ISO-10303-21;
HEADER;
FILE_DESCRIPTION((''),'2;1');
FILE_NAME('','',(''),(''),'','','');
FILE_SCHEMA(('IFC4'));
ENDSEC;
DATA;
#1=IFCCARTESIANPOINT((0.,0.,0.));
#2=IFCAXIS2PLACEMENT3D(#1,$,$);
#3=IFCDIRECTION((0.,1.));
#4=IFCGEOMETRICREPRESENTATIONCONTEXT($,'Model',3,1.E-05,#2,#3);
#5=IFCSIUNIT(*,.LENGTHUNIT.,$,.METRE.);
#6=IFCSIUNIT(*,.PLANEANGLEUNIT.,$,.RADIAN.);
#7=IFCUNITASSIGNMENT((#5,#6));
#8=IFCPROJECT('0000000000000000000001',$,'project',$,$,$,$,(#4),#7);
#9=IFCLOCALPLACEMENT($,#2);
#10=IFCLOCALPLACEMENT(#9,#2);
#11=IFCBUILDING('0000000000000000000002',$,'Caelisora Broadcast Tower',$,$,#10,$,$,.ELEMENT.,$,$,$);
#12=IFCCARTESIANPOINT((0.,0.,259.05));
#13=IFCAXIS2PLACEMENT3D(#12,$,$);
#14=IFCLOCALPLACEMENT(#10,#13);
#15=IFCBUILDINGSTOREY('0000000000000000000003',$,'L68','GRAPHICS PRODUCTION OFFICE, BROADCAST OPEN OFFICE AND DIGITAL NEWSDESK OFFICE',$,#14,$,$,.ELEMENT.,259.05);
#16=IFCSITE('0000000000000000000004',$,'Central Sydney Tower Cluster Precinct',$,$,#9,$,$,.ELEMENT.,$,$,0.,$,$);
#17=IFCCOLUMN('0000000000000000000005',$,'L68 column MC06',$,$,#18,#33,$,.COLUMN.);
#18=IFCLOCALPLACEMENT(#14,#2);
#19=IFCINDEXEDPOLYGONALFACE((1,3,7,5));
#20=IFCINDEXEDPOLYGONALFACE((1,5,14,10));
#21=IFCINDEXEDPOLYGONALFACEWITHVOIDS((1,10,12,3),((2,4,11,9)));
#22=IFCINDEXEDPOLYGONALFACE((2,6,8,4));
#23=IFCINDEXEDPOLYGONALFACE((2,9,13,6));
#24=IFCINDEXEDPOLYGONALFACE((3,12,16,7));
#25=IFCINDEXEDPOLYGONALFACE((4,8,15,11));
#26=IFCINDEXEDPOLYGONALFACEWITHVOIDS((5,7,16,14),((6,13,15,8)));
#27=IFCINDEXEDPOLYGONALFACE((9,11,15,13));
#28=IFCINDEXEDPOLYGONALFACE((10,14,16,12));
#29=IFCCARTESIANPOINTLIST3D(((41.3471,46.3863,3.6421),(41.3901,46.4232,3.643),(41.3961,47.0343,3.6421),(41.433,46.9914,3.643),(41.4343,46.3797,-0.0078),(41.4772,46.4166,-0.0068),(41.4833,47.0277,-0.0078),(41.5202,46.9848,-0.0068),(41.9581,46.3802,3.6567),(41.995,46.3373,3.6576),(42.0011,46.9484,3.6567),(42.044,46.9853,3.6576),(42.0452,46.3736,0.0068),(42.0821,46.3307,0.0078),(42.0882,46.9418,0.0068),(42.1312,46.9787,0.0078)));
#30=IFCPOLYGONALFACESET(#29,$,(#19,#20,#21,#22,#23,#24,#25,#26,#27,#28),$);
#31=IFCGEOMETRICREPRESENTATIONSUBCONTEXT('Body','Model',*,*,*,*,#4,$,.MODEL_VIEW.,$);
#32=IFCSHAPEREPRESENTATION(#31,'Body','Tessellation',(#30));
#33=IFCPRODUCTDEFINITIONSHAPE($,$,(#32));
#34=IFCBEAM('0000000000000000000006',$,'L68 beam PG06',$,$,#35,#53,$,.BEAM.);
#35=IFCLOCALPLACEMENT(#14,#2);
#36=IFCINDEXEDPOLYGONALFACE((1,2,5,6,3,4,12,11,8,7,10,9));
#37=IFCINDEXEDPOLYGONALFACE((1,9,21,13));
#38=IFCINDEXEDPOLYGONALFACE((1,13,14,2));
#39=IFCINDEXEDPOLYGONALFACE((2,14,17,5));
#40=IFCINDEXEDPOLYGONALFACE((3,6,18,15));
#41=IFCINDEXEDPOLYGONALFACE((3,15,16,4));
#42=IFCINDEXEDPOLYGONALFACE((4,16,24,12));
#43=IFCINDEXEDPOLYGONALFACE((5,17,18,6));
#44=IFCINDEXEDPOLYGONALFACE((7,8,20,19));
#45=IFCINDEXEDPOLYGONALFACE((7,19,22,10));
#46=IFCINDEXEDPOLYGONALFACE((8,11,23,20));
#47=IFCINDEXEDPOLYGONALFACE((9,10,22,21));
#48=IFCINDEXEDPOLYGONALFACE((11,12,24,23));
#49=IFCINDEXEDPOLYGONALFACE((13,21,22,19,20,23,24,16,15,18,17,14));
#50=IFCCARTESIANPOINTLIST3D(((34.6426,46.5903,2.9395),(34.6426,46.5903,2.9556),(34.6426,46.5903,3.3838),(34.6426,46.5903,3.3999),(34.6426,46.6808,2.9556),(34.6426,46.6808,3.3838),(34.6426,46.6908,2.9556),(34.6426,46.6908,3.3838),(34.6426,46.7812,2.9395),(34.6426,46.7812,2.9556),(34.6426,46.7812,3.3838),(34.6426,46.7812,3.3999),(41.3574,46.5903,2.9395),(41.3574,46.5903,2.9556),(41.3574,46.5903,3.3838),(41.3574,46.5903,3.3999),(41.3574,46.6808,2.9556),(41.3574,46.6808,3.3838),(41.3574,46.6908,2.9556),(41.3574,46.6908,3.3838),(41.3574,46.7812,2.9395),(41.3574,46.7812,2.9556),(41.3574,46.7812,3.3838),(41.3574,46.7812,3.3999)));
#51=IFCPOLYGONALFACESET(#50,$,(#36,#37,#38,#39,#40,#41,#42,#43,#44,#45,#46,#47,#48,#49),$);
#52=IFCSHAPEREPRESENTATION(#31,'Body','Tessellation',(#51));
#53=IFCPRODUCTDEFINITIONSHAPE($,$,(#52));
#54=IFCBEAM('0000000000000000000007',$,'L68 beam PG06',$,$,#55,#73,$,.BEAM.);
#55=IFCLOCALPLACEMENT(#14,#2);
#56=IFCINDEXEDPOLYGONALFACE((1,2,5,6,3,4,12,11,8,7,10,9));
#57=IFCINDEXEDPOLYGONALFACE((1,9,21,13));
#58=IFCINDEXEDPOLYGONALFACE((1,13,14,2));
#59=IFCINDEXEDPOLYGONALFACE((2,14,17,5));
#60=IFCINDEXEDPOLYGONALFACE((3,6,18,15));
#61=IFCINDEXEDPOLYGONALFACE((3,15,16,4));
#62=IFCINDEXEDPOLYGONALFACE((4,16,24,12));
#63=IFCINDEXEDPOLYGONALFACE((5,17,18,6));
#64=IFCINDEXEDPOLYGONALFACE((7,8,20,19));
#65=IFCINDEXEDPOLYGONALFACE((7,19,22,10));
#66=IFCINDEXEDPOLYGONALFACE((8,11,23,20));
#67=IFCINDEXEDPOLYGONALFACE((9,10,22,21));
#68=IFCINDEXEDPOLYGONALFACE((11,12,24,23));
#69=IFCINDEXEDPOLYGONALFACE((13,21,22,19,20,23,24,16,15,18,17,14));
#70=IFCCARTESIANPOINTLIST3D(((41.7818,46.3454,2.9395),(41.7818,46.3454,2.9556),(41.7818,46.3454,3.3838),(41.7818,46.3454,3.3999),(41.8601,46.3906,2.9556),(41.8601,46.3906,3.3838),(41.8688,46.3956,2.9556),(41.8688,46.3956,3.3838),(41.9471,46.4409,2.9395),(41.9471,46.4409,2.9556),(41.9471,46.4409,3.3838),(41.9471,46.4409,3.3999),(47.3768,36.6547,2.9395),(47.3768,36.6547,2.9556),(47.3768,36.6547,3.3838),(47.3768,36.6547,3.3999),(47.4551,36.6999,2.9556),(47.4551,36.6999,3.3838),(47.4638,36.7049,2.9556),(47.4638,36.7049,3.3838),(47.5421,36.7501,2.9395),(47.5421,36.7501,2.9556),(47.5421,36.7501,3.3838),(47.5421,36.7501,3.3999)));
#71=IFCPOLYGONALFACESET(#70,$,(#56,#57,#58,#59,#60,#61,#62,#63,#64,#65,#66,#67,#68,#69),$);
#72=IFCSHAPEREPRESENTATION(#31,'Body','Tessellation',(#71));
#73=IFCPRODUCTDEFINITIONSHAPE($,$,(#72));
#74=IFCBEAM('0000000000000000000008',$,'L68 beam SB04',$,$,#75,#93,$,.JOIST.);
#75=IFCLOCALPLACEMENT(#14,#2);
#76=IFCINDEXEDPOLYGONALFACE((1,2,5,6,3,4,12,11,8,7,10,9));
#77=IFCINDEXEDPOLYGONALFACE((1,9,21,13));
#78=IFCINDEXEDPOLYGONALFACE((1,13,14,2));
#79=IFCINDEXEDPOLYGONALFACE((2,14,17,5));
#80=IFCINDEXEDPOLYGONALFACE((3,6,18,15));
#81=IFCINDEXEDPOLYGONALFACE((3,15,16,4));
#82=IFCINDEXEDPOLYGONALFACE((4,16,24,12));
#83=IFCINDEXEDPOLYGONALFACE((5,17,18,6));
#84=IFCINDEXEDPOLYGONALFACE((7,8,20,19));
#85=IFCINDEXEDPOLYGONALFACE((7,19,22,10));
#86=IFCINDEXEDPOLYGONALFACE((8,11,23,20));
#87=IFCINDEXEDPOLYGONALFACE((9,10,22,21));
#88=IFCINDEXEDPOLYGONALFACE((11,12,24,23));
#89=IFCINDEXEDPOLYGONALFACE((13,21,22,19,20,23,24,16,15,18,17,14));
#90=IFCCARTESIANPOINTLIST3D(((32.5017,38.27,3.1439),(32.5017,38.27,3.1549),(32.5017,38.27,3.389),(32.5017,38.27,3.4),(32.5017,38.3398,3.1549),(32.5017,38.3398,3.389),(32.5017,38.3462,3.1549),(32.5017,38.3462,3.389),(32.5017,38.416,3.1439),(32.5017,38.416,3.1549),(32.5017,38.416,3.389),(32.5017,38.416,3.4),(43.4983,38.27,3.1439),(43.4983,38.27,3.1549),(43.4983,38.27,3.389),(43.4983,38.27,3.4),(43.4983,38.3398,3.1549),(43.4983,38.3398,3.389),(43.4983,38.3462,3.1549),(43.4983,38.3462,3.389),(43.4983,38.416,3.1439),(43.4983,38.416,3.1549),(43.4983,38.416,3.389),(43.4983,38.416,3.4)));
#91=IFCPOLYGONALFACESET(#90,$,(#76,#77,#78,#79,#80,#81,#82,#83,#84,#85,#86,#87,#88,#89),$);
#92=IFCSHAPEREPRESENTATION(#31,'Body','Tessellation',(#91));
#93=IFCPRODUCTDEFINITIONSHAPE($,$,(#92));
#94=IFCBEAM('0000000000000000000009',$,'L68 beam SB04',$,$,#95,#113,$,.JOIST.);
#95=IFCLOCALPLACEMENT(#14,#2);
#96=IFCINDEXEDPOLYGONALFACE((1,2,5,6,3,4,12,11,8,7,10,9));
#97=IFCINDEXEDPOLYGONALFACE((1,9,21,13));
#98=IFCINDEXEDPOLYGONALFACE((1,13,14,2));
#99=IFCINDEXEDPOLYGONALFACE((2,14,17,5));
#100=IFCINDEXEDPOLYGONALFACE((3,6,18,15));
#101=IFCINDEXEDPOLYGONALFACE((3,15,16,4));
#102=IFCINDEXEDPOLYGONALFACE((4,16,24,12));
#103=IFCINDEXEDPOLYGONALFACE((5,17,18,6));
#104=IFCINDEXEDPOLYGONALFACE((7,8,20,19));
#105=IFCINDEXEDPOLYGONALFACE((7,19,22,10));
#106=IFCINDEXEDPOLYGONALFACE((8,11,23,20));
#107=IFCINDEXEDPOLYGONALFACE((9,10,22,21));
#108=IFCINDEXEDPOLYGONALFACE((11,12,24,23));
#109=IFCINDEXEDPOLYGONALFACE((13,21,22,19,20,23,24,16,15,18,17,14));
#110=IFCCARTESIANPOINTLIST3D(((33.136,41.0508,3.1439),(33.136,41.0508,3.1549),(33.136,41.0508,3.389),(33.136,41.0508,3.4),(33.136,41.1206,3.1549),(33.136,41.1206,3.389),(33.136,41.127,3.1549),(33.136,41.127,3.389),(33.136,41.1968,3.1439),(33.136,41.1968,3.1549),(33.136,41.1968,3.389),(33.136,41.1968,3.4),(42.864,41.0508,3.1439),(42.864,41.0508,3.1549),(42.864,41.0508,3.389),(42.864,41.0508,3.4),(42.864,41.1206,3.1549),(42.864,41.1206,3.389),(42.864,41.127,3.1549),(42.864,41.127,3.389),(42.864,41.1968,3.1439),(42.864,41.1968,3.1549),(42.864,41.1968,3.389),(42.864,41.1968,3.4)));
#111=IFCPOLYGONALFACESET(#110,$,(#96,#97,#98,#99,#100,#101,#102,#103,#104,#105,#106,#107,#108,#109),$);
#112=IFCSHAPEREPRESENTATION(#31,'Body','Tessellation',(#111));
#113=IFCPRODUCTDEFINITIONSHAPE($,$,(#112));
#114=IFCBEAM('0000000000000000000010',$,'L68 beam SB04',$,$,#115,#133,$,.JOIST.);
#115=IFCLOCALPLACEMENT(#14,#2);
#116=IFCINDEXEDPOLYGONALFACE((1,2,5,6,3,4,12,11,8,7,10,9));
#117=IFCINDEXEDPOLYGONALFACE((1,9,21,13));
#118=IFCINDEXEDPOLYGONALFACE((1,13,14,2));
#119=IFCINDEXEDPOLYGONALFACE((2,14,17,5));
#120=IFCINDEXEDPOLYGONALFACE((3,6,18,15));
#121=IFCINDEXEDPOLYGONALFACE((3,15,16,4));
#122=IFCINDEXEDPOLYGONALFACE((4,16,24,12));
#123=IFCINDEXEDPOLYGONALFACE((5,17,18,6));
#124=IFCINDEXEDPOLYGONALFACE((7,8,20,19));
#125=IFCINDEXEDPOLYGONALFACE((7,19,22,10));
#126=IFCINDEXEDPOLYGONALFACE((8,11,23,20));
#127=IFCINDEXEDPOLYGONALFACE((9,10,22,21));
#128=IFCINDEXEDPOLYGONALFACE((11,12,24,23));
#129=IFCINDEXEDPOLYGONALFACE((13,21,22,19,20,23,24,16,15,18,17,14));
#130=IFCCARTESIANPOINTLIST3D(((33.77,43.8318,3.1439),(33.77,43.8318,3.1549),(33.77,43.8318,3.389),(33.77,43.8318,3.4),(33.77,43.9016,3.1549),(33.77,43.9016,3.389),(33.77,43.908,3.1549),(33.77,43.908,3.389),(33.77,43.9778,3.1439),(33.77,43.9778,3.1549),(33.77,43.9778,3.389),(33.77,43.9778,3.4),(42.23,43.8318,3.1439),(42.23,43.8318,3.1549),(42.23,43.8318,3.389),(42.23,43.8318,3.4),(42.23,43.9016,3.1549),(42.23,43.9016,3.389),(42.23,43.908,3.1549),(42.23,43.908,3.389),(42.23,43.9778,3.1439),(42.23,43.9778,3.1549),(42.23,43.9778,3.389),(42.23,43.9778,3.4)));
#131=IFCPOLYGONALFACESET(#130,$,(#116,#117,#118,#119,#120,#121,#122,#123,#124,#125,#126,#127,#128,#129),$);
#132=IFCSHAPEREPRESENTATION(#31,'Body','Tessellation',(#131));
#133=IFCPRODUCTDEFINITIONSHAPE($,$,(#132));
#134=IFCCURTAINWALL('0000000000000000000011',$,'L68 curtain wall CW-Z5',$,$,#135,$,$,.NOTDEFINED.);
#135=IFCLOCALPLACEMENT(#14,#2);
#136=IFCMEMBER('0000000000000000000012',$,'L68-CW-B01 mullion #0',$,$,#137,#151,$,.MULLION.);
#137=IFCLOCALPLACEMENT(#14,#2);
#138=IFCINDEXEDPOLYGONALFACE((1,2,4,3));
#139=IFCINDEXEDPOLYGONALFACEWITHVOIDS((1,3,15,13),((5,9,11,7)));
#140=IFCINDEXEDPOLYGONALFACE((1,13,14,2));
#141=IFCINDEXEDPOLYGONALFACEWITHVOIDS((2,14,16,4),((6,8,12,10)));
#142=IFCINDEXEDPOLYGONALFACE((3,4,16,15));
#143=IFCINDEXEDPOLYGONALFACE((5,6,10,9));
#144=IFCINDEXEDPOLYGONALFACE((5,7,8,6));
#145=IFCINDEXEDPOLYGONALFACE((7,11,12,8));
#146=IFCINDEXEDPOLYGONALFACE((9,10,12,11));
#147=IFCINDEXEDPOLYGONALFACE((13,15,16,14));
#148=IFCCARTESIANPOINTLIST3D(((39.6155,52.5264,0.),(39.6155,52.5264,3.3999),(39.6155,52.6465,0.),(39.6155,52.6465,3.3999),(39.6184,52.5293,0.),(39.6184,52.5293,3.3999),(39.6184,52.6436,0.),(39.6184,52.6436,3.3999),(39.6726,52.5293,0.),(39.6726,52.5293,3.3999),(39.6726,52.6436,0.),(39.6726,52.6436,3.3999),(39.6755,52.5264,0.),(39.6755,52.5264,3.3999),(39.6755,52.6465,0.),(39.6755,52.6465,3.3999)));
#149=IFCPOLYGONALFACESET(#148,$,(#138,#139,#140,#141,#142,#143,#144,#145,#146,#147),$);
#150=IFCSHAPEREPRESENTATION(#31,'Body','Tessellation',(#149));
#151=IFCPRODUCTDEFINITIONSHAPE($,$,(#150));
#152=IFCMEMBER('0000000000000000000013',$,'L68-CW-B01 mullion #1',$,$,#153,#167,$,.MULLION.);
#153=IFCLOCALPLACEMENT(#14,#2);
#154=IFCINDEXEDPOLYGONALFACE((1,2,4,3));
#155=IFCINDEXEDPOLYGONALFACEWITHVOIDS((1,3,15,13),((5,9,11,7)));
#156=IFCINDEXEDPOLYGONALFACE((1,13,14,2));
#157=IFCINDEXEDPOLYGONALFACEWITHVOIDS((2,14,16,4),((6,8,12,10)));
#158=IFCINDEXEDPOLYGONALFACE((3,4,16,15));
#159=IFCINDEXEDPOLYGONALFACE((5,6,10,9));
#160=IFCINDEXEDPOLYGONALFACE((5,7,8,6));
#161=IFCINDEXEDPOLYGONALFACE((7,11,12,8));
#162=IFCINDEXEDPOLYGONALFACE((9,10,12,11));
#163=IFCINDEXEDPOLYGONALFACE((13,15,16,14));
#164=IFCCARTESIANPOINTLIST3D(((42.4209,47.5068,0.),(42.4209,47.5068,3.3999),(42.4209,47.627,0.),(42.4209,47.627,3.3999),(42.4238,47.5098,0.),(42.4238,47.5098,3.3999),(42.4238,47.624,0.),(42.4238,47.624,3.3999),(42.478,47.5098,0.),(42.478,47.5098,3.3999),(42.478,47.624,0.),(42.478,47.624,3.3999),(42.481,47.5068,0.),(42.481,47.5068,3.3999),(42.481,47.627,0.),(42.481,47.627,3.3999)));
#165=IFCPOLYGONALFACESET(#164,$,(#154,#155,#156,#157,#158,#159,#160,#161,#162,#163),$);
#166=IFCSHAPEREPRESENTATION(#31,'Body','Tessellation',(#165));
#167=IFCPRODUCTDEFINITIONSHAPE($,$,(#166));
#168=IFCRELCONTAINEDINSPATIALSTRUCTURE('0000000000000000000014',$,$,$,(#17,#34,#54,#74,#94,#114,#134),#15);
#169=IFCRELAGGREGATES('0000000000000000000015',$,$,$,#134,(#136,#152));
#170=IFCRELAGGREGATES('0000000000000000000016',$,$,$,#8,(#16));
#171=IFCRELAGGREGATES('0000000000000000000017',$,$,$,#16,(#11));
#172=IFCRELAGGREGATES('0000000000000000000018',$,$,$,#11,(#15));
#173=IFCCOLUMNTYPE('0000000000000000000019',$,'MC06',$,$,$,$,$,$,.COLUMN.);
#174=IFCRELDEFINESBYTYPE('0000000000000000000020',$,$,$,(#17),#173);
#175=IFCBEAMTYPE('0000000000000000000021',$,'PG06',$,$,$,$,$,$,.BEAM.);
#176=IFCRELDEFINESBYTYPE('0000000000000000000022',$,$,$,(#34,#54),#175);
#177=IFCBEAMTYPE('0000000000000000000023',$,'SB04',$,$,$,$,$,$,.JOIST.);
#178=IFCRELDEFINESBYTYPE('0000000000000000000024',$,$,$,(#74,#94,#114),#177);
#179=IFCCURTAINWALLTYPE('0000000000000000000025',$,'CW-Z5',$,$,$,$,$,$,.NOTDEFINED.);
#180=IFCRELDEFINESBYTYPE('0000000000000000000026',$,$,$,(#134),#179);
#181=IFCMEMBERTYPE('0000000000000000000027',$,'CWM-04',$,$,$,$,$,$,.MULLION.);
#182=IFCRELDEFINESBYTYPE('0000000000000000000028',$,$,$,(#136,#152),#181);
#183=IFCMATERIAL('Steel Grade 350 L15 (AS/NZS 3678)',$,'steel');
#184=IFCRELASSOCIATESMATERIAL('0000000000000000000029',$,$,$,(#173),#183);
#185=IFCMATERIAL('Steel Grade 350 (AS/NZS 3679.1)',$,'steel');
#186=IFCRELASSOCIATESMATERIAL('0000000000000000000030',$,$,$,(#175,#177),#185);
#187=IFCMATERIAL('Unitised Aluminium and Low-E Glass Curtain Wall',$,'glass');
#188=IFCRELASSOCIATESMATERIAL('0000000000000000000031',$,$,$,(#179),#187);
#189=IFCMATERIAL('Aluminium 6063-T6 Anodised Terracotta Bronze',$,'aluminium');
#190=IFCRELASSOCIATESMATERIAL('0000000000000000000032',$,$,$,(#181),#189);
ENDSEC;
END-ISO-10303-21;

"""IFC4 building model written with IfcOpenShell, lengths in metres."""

from ifc_helpers import new_model, si_unit, direction, frame, origin, origin_2d, place, context, subcontext, project, spatial, hollow_rectangle, i_section, extrude, source, transform, mapped, material, material_profile, profile_set, type_object, type_shapes, element, aggregate, save


model = new_model("IFC4")

# Units and contexts
model_context = context("Model", 3, precision=1e-05, world=origin(), true_north=direction((0.0, 1.0)))
body_context = subcontext(model_context, "Body", "Model", "MODEL_VIEW")
ifc_project = project(units=[si_unit("LENGTHUNIT", "METRE"), si_unit("PLANEANGLEUNIT", "RADIAN")], contexts=[model_context])

# Site, building, storey
site_placement = place(None, origin())
site = spatial("IfcSite", under=ifc_project, at=site_placement, Name="Central Sydney Tower Cluster Precinct", CompositionType="ELEMENT", RefElevation=0.0)
building_placement = place(site_placement, origin())
building = spatial("IfcBuilding", under=site, at=building_placement, Name="Caelisora Broadcast Tower", CompositionType="ELEMENT")
storey_placement = place(building_placement, frame((0.0, 0.0, 259.05)))
storey = spatial("IfcBuildingStorey", under=building, at=storey_placement, Name="L68", Description="GRAPHICS PRODUCTION OFFICE, BROADCAST OPEN OFFICE AND DIGITAL NEWSDESK OFFICE", CompositionType="ELEMENT", Elevation=259.05)

# Column
ifc_material_1 = material(Name="Steel Grade 350 L15 (AS/NZS 3678)", Category="steel")
ifc_material_profile_1 = material_profile(ifc_material_1, hollow_rectangle(XDim=0.6499, YDim=0.6499, WallThickness=0.04, at=origin_2d()), Name="Steel Grade 350 L15 (AS/NZS 3678)")
ifc_profile_set_1 = profile_set([ifc_material_profile_1], Name="Steel Grade 350 L15 (AS/NZS 3678)")
column_type = type_object("IfcColumnType", Name="MC06", PredefinedType="COLUMN", material=ifc_profile_set_1)
shared_shape_1 = source(origin(), body_context, "Body", "SweptSolid", [
    extrude(hollow_rectangle(XDim=0.6499, YDim=0.6499, WallThickness=0.04, at=origin_2d()), origin(), (0.0, 0.0, 1.0), 3.6509),
])
type_shapes(column_type, [shared_shape_1])
column_placement = place(storey_placement, frame((41.7827, 46.6792, 0.0), z_axis=(-0.023873, 0.001806, 0.999713), x_axis=(-0.075415, -0.997152, 0.0)))
element("IfcColumn", 1, at=column_placement, inside=storey, type_object=column_type, Name="L68 column MC06", PredefinedType="COLUMN", context=body_context, shape_type="MappedRepresentation", body=[
    mapped(shared_shape_1, transform((0.0, 0.0, 0.0), scale=1.0)),
])

# Beams
ifc_material_2 = material(Name="Steel Grade 350 (AS/NZS 3679.1)", Category="steel")
ifc_material_profile_2 = material_profile(ifc_material_2, i_section(OverallWidth=0.1909, OverallDepth=0.4604, WebThickness=0.01, FlangeThickness=0.0161, at=origin_2d()), Name="Steel Grade 350 (AS/NZS 3679.1)")
ifc_profile_set_2 = profile_set([ifc_material_profile_2], Name="Steel Grade 350 (AS/NZS 3679.1)")
beam_type_1 = type_object("IfcBeamType", Name="PG06", PredefinedType="BEAM", material=ifc_profile_set_2)
shared_shape_2 = source(origin(), body_context, "Body", "SweptSolid", [
    extrude(i_section(OverallWidth=0.1909, OverallDepth=0.4604, WebThickness=0.01, FlangeThickness=0.0161, at=origin_2d()), origin(), (0.0, 0.0, 1.0), 6.7148),
])
beam_1_placement = place(storey_placement, frame((41.3574, 46.6858, 3.1697), z_axis=(-1.0, 0.0, 0.0), x_axis=(0.0, -1.0, 0.0)))
element("IfcBeam", 2, at=beam_1_placement, inside=storey, type_object=beam_type_1, Name="L68 beam PG06", PredefinedType="BEAM", context=body_context, shape_type="MappedRepresentation", body=[
    mapped(shared_shape_2, transform((0.0, 0.0, 0.0), scale=1.0)),
])
shared_shape_3 = source(origin(), body_context, "Body", "SweptSolid", [
    extrude(i_section(OverallWidth=0.1909, OverallDepth=0.4604, WebThickness=0.01, FlangeThickness=0.0161, at=origin_2d()), origin(), (0.0, 0.0, 1.0), 11.1899),
])
type_shapes(beam_type_1, [shared_shape_2, shared_shape_3])
beam_2_placement = place(storey_placement, frame((47.4595, 36.7024, 3.1697), z_axis=(-0.500004, 0.866023, 0.0), x_axis=(-0.866023, -0.500004, 0.0)))
element("IfcBeam", 3, at=beam_2_placement, inside=storey, type_object=beam_type_1, Name="L68 beam PG06", PredefinedType="BEAM", context=body_context, shape_type="MappedRepresentation", body=[
    mapped(shared_shape_3, transform((0.0, 0.0, 0.0), scale=1.0)),
])
ifc_material_profile_3 = material_profile(ifc_material_2, i_section(OverallWidth=0.146, OverallDepth=0.2561, WebThickness=0.0063, FlangeThickness=0.011, at=origin_2d()), Name="Steel Grade 350 (AS/NZS 3679.1)")
ifc_profile_set_3 = profile_set([ifc_material_profile_3], Name="Steel Grade 350 (AS/NZS 3679.1)")
beam_type_2 = type_object("IfcBeamType", Name="SB04", PredefinedType="JOIST", material=ifc_profile_set_3)
shared_shape_4 = source(origin(), body_context, "Body", "SweptSolid", [
    extrude(i_section(OverallWidth=0.146, OverallDepth=0.2561, WebThickness=0.0063, FlangeThickness=0.011, at=origin_2d()), origin(), (0.0, 0.0, 1.0), 10.9966),
])
beam_3_placement = place(storey_placement, frame((43.4983, 38.343, 3.272), z_axis=(-1.0, 0.0, 0.0), x_axis=(0.0, -1.0, 0.0)))
element("IfcBeam", 4, at=beam_3_placement, inside=storey, type_object=beam_type_2, Name="L68 beam SB04", PredefinedType="JOIST", context=body_context, shape_type="MappedRepresentation", body=[
    mapped(shared_shape_4, transform((0.0, 0.0, 0.0), scale=1.0)),
])
shared_shape_5 = source(origin(), body_context, "Body", "SweptSolid", [
    extrude(i_section(OverallWidth=0.146, OverallDepth=0.2561, WebThickness=0.0063, FlangeThickness=0.011, at=origin_2d()), origin(), (0.0, 0.0, 1.0), 9.728),
])
beam_4_placement = place(storey_placement, frame((42.864, 41.1238, 3.272), z_axis=(-1.0, 0.0, 0.0), x_axis=(0.0, -1.0, 0.0)))
element("IfcBeam", 5, at=beam_4_placement, inside=storey, type_object=beam_type_2, Name="L68 beam SB04", PredefinedType="JOIST", context=body_context, shape_type="MappedRepresentation", body=[
    mapped(shared_shape_5, transform((0.0, 0.0, 0.0), scale=1.0)),
])
shared_shape_6 = source(origin(), body_context, "Body", "SweptSolid", [
    extrude(i_section(OverallWidth=0.146, OverallDepth=0.2561, WebThickness=0.0063, FlangeThickness=0.011, at=origin_2d()), origin(), (0.0, 0.0, 1.0), 8.46),
])
type_shapes(beam_type_2, [shared_shape_4, shared_shape_5, shared_shape_6])
beam_5_placement = place(storey_placement, frame((42.23, 43.9048, 3.272), z_axis=(-1.0, 0.0, 0.0), x_axis=(0.0, -1.0, 0.0)))
element("IfcBeam", 6, at=beam_5_placement, inside=storey, type_object=beam_type_2, Name="L68 beam SB04", PredefinedType="JOIST", context=body_context, shape_type="MappedRepresentation", body=[
    mapped(shared_shape_6, transform((0.0, 0.0, 0.0), scale=1.0)),
])

# Curtain wall, members
ifc_material_3 = material(Name="Unitised Aluminium and Low-E Glass Curtain Wall", Category="glass")
curtain_wall_type_1 = type_object("IfcCurtainWallType", Name="CW-Z5", PredefinedType="NOTDEFINED", material=ifc_material_3)
curtain_wall_1_placement = place(storey_placement, origin())
curtain_wall_1 = element("IfcCurtainWall", 7, at=curtain_wall_1_placement, inside=storey, type_object=curtain_wall_type_1, Name="L68 curtain wall CW-Z5", PredefinedType="NOTDEFINED")
ifc_material_4 = material(Name="Aluminium 6063-T6 Anodised Terracotta Bronze", Category="aluminium")
ifc_material_profile_4 = material_profile(ifc_material_4, hollow_rectangle(XDim=0.0601, YDim=0.1201, WallThickness=0.0029, at=origin_2d()), Name="Aluminium 6063-T6 Anodised Terracotta Bronze")
ifc_profile_set_4 = profile_set([ifc_material_profile_4], Name="Aluminium 6063-T6 Anodised Terracotta Bronze")
member_type_1 = type_object("IfcMemberType", Name="CWM-04", PredefinedType="MULLION", material=ifc_profile_set_4)
shared_shape_7 = source(origin(), body_context, "Body", "SweptSolid", [
    extrude(hollow_rectangle(XDim=0.0601, YDim=0.1201, WallThickness=0.0029, at=origin_2d()), origin(), (0.0, 0.0, 1.0), 3.3999),
])
type_shapes(member_type_1, [shared_shape_7])
member_1_placement = place(storey_placement, frame((39.6455, 52.5864, 0.0), z_axis=(0.0, 0.0, 1.0), x_axis=(1.0, 0.0, 0.0)))
member_1 = element("IfcMember", 8, at=member_1_placement, type_object=member_type_1, Name="L68-CW-B01 mullion #0", PredefinedType="MULLION", context=body_context, shape_type="MappedRepresentation", body=[
    mapped(shared_shape_7, transform((0.0, 0.0, 0.0), scale=1.0)),
])
member_2_placement = place(storey_placement, frame((42.4509, 47.5669, 0.0), z_axis=(0.0, 0.0, 1.0), x_axis=(1.0, 0.0, 0.0)))
member_2 = element("IfcMember", 9, at=member_2_placement, type_object=member_type_1, Name="L68-CW-B01 mullion #1", PredefinedType="MULLION", context=body_context, shape_type="MappedRepresentation", body=[
    mapped(shared_shape_7, transform((0.0, 0.0, 0.0), scale=1.0)),
])

aggregate(curtain_wall_1, [member_1, member_2])

save(model, "model.ifc")
